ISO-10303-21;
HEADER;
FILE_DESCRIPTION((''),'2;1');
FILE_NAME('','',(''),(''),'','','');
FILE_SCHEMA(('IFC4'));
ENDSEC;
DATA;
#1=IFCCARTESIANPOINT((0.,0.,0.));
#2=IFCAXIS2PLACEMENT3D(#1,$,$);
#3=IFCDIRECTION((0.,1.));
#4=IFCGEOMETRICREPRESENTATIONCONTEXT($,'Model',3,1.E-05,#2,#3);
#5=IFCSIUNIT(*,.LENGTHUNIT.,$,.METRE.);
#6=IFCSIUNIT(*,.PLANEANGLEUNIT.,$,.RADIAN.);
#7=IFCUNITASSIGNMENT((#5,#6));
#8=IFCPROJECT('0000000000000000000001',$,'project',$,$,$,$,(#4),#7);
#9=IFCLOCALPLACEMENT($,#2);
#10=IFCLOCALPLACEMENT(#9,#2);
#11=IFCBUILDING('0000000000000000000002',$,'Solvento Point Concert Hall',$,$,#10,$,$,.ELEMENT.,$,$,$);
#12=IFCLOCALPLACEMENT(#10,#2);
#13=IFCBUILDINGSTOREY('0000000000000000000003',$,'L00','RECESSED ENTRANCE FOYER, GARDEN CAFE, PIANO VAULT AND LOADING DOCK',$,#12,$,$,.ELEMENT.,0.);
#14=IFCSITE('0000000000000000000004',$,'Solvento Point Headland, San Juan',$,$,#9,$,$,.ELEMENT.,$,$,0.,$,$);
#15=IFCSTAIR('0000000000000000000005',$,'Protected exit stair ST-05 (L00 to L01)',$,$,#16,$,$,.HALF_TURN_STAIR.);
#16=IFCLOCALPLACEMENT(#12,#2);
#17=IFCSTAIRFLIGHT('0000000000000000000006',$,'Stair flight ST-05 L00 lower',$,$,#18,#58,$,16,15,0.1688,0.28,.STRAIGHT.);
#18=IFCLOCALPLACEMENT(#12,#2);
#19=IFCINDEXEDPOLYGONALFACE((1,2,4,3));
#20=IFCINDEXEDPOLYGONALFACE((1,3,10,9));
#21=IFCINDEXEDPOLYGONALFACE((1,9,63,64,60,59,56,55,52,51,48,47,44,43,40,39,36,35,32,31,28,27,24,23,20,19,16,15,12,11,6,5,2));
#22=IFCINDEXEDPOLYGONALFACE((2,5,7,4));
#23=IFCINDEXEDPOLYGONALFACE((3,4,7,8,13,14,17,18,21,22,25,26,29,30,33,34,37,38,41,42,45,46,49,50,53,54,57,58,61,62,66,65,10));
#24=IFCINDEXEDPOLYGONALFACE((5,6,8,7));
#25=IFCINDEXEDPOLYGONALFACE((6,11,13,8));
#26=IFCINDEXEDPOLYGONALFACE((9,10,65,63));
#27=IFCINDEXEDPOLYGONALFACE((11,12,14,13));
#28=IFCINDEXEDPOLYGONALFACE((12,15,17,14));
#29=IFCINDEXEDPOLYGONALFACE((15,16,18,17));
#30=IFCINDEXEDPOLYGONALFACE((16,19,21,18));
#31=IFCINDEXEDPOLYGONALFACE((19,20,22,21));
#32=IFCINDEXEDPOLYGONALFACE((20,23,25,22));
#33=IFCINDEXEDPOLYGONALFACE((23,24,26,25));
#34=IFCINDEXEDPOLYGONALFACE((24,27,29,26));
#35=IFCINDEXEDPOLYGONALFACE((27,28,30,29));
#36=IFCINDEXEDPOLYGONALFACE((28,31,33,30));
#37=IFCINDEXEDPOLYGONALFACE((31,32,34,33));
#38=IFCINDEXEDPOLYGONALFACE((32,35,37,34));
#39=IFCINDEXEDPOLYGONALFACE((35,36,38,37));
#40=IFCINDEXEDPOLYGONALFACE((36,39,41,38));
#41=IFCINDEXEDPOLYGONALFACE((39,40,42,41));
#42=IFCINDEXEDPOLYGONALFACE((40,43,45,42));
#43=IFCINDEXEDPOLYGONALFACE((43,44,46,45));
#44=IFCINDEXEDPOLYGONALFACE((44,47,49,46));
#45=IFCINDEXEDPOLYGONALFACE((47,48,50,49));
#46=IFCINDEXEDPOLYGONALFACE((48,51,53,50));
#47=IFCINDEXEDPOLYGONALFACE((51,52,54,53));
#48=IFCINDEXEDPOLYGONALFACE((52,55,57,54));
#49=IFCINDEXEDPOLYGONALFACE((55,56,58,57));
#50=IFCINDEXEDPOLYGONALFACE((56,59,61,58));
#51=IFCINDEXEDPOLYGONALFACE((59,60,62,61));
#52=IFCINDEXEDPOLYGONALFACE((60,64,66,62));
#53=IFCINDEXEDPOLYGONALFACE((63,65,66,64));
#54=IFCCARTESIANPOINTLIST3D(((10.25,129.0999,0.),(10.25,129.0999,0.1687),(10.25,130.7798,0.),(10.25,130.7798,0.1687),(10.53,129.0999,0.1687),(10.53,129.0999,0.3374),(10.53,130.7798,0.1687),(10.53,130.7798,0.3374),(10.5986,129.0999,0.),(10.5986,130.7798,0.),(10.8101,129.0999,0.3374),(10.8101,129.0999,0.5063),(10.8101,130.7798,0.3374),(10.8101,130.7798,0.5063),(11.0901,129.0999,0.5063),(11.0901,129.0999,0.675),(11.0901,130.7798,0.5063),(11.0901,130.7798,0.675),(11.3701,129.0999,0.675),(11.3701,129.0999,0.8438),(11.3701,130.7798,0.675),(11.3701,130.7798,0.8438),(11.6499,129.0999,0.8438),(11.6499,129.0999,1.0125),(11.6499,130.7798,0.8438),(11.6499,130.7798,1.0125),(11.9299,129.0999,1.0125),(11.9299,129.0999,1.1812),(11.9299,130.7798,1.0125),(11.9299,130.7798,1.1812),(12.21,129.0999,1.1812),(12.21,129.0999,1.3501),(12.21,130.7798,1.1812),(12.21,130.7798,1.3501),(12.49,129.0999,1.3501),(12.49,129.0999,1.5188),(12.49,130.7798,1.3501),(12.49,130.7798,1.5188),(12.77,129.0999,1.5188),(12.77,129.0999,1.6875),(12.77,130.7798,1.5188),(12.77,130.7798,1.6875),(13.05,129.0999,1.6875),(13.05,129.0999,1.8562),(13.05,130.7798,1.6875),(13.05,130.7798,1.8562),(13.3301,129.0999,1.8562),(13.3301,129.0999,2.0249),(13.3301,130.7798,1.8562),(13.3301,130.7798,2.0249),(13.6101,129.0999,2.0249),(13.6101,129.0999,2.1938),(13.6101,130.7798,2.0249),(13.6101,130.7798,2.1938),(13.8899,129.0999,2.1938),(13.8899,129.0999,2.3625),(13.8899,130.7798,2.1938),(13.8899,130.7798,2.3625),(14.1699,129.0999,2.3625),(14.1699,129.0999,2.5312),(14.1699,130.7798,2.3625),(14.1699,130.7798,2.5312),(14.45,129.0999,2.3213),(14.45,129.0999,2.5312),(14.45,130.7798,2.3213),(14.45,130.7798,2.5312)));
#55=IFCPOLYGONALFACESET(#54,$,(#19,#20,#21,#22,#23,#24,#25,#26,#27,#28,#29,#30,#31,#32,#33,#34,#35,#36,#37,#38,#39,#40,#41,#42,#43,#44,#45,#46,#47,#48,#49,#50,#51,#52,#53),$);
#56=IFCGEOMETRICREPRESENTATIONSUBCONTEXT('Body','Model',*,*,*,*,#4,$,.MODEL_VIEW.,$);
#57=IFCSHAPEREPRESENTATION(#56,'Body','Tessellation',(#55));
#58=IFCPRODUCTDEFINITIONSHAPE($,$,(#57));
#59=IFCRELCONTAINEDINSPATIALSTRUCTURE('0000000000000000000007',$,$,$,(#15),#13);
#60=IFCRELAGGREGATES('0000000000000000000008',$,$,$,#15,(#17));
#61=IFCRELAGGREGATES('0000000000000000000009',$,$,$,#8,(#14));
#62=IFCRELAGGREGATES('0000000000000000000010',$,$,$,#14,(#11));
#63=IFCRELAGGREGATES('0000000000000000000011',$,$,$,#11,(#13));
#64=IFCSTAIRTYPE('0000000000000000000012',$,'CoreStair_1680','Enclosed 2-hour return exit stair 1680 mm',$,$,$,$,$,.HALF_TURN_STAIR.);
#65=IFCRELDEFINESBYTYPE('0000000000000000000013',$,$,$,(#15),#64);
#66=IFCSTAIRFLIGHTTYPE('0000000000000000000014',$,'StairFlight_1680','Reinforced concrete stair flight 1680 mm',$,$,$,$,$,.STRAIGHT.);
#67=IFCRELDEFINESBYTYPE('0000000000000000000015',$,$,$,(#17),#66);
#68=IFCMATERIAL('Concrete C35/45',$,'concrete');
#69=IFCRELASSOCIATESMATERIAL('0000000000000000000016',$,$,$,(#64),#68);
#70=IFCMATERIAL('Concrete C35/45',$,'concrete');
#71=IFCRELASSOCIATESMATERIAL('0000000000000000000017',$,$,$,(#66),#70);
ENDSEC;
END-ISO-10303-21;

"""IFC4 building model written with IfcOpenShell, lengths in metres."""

from ifc_helpers import new_model, si_unit, direction, frame, origin, place, context, subcontext, project, spatial, polyline, outline, extrude, material, type_object, element, aggregate, save


model = new_model("IFC4")

# Units and contexts
model_context = context("Model", 3, precision=1e-05, world=origin(), true_north=direction((0.0, 1.0)))
body_context = subcontext(model_context, "Body", "Model", "MODEL_VIEW")
ifc_project = project(units=[si_unit("LENGTHUNIT", "METRE"), si_unit("PLANEANGLEUNIT", "RADIAN")], contexts=[model_context])

# Site, building, storey
site_placement = place(None, origin())
site = spatial("IfcSite", under=ifc_project, at=site_placement, Name="Solvento Point Headland, San Juan", CompositionType="ELEMENT", RefElevation=0.0)
building_placement = place(site_placement, origin())
building = spatial("IfcBuilding", under=site, at=building_placement, Name="Solvento Point Concert Hall", CompositionType="ELEMENT")
storey_placement = place(building_placement, origin())
storey = spatial("IfcBuildingStorey", under=building, at=storey_placement, Name="L00", Description="RECESSED ENTRANCE FOYER, GARDEN CAFE, PIANO VAULT AND LOADING DOCK", CompositionType="ELEMENT", Elevation=0.0)

# Stair, stair flight
ifc_material_1 = material(Name="Concrete C35/45", Category="concrete")
stair_type = type_object("IfcStairType", Name="CoreStair_1680", Description="Enclosed 2-hour return exit stair 1680 mm", PredefinedType="HALF_TURN_STAIR", material=ifc_material_1)
stair_placement = place(storey_placement, origin())
stair = element("IfcStair", 1, at=stair_placement, inside=storey, type_object=stair_type, Name="Protected exit stair ST-05 (L00 to L01)", PredefinedType="HALF_TURN_STAIR")
ifc_material_2 = material(Name="Concrete C35/45", Category="concrete")
stair_flight_type = type_object("IfcStairFlightType", Name="StairFlight_1680", Description="Reinforced concrete stair flight 1680 mm", PredefinedType="STRAIGHT", material=ifc_material_2)
stair_flight_placement = place(storey_placement, frame((10.25, 129.9399, 0.0), z_axis=(0.0, 0.0, 1.0), x_axis=(1.0, 0.0, 0.0)))
stair_flight = element("IfcStairFlight", 2, at=stair_flight_placement, type_object=stair_flight_type, Name="Stair flight ST-05 L00 lower", NumberOfRisers=16, NumberOfTreads=15, PredefinedType="STRAIGHT", RiserHeight=0.1688, TreadLength=0.28, context=body_context, shape_type="SweptSolid", body=[
    extrude(outline(polyline([(0.0, 0.0), (0.0, 0.1687), (0.28, 0.1687), (0.28, 0.3374), (0.5601, 0.3374), (0.5601, 0.5063), (0.8401, 0.5063), (0.8401, 0.675), (1.1201, 0.675), (1.1201, 0.8438), (1.3999, 0.8438), (1.3999, 1.0125), (1.6799, 1.0125), (1.6799, 1.1812), (1.96, 1.1812), (1.96, 1.3501), (2.24, 1.3501), (2.24, 1.5188), (2.52, 1.5188), (2.52, 1.6875), (2.8, 1.6875), (2.8, 1.8562), (3.0801, 1.8562), (3.0801, 2.0249), (3.3601, 2.0249), (3.3601, 2.1938), (3.6399, 2.1938), (3.6399, 2.3625), (3.9199, 2.3625), (3.9199, 2.5312), (4.2, 2.5312), (4.2, 2.7), (4.2, 2.3213), (0.3486, 0.0), (0.0, 0.0)])), frame((0.0, 0.8398, 0.0), z_axis=(0.0, -1.0, 0.0), x_axis=(1.0, 0.0, 0.0)), (0.0, 0.0, 1.0), 1.6799),
])
aggregate(stair, [stair_flight])

save(model, "model.ifc")
